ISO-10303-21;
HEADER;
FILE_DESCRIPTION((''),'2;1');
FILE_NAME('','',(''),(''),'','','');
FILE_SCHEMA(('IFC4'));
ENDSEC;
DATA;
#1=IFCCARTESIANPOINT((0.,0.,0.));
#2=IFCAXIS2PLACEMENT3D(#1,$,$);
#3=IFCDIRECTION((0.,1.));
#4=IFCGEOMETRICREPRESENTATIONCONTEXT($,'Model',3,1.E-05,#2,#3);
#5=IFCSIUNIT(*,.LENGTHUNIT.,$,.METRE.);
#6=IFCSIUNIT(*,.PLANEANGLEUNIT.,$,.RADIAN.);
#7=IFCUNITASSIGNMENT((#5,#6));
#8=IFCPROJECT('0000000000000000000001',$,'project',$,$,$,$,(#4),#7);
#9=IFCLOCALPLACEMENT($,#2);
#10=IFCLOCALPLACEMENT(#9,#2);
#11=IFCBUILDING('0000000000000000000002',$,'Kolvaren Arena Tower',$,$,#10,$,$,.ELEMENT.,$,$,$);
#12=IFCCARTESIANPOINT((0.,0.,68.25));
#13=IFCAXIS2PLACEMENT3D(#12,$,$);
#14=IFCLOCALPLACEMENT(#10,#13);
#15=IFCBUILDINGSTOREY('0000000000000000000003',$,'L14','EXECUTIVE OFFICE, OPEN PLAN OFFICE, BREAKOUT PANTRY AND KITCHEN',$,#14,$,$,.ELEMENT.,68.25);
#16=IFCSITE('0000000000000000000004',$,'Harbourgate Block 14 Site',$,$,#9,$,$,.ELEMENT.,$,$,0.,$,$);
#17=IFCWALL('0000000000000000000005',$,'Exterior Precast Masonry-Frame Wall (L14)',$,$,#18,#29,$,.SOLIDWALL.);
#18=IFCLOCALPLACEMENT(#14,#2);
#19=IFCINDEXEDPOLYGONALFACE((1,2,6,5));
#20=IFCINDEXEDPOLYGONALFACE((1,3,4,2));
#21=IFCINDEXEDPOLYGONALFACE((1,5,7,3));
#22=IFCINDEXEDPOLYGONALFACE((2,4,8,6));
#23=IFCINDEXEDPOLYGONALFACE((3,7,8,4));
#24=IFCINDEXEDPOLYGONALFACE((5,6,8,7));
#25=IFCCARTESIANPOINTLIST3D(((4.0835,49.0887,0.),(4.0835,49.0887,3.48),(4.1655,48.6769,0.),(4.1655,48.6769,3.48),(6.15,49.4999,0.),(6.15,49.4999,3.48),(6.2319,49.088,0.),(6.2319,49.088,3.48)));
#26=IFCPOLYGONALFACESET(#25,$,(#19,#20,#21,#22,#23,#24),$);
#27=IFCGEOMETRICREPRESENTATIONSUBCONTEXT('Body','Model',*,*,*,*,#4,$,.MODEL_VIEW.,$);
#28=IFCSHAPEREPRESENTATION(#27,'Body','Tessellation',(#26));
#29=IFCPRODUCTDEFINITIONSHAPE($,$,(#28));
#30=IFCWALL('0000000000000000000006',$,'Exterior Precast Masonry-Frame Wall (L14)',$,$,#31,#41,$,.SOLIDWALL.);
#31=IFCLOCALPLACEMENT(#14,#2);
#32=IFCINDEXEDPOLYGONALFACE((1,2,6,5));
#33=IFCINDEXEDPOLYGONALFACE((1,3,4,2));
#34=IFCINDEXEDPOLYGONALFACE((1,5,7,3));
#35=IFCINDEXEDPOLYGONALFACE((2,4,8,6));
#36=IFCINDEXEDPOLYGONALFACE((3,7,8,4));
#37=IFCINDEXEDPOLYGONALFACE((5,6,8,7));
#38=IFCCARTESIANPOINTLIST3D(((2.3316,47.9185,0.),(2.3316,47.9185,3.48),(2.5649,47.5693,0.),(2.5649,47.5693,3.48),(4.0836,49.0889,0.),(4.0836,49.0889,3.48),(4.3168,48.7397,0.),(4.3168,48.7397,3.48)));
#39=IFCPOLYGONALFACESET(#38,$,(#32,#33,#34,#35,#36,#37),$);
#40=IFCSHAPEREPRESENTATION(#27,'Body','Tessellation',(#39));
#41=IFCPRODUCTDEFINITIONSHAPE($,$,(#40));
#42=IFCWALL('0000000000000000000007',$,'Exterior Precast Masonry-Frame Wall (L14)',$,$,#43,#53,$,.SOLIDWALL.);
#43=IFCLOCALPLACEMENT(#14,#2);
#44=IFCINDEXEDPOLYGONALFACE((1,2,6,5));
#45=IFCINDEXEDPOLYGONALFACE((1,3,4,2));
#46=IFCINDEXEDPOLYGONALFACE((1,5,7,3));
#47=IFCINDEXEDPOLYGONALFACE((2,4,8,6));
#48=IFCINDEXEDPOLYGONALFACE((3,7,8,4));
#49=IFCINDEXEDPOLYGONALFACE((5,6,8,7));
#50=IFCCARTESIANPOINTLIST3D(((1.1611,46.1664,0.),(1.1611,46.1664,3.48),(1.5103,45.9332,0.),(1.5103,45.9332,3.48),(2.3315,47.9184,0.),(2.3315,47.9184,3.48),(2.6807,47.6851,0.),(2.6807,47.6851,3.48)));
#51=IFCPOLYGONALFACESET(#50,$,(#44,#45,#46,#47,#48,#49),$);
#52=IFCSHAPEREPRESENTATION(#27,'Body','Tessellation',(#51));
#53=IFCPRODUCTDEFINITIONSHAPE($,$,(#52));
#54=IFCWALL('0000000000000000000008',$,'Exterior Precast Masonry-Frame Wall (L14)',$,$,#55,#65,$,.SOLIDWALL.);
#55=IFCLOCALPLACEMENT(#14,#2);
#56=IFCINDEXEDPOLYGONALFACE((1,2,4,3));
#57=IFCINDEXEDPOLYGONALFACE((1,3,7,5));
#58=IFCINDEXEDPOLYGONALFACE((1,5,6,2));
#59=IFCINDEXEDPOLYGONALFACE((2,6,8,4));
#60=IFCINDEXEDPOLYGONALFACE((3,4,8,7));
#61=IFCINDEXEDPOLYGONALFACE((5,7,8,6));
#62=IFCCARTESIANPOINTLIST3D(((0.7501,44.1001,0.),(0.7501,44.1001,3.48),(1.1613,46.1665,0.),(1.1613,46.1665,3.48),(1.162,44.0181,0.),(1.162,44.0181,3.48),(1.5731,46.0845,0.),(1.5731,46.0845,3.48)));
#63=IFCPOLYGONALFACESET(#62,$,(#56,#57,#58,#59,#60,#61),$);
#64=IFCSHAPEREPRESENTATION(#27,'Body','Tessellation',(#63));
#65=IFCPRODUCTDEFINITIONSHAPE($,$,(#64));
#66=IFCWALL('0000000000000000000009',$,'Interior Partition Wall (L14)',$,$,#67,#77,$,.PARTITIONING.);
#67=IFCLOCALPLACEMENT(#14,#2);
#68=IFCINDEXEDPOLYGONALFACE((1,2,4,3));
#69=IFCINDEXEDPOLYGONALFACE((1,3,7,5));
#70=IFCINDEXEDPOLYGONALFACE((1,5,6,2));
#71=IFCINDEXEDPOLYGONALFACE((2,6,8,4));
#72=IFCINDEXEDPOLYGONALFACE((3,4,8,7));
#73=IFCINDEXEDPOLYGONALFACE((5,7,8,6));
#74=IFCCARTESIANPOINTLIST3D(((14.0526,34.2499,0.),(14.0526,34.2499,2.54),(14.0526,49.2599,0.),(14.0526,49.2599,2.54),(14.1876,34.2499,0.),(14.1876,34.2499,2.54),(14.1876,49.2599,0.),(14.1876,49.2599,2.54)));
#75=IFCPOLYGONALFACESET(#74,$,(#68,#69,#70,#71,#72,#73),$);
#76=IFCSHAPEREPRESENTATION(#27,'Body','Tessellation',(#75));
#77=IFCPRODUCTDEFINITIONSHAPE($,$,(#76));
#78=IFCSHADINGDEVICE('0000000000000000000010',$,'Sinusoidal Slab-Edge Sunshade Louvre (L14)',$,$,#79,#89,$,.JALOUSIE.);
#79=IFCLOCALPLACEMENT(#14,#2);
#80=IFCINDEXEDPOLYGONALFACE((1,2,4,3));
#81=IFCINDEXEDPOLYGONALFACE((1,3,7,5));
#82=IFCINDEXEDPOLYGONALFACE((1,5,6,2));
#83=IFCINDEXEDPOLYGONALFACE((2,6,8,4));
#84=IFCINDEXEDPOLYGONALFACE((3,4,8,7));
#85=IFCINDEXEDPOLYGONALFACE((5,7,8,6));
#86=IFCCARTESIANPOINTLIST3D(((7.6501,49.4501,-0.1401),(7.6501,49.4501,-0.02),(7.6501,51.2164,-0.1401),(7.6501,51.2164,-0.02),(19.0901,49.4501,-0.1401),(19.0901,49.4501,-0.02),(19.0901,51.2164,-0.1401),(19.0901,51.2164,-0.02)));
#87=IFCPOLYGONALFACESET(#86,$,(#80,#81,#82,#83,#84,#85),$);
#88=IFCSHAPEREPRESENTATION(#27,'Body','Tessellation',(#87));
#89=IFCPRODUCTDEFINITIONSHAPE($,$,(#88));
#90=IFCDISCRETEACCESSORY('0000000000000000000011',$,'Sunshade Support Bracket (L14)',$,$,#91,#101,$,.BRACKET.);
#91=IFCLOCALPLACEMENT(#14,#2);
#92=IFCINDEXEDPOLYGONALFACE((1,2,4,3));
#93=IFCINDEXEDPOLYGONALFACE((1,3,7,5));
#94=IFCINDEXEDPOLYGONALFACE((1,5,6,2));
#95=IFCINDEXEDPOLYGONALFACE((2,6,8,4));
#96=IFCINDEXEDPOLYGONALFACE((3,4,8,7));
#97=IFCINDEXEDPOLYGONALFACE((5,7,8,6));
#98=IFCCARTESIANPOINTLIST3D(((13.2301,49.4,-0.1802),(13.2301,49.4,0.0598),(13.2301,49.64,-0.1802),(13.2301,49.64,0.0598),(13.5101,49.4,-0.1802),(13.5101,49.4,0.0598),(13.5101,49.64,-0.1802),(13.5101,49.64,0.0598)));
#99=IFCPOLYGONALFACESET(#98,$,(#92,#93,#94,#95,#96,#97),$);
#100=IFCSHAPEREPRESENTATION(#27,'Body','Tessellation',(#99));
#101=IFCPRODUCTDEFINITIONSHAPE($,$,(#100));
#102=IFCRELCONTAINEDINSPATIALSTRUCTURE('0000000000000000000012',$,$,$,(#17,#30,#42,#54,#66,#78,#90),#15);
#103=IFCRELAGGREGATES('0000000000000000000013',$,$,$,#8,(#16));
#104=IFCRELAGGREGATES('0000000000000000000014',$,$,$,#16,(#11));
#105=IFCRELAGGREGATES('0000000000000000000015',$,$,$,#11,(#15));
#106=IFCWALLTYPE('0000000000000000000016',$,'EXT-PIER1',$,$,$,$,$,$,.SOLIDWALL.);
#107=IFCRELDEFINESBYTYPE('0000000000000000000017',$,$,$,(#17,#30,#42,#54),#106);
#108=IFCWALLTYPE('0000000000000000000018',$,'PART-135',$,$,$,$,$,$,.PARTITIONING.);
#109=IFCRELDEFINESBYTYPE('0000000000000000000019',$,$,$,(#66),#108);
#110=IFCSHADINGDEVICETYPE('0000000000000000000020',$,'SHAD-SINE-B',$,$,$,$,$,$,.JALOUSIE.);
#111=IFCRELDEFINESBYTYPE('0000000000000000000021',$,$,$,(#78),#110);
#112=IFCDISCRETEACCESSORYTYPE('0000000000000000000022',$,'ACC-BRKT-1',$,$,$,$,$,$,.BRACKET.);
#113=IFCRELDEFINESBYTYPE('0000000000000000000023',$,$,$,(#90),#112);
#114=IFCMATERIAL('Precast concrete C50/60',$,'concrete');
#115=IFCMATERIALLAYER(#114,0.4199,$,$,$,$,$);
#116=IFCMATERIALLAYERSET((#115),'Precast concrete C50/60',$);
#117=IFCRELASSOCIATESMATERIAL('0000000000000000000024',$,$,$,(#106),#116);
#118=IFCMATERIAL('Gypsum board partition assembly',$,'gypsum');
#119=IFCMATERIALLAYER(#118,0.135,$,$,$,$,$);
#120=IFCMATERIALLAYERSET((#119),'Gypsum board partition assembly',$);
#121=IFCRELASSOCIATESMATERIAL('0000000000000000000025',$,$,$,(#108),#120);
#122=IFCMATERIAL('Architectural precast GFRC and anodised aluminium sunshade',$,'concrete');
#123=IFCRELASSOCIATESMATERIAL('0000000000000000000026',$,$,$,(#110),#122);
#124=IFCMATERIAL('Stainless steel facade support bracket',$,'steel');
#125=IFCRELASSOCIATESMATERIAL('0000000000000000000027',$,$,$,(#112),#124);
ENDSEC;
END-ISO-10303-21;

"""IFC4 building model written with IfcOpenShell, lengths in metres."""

from ifc_helpers import new_model, si_unit, direction, frame, frame_2d, origin, origin_2d, place, context, subcontext, project, spatial, rectangle, extrude, material, layer, layer_set, type_object, element, save


model = new_model("IFC4")

# Units and contexts
model_context = context("Model", 3, precision=1e-05, world=origin(), true_north=direction((0.0, 1.0)))
body_context = subcontext(model_context, "Body", "Model", "MODEL_VIEW")
ifc_project = project(units=[si_unit("LENGTHUNIT", "METRE"), si_unit("PLANEANGLEUNIT", "RADIAN")], contexts=[model_context])

# Site, building, storey
site_placement = place(None, origin())
site = spatial("IfcSite", under=ifc_project, at=site_placement, Name="Harbourgate Block 14 Site", CompositionType="ELEMENT", RefElevation=0.0)
building_placement = place(site_placement, origin())
building = spatial("IfcBuilding", under=site, at=building_placement, Name="Kolvaren Arena Tower", CompositionType="ELEMENT")
storey_placement = place(building_placement, frame((0.0, 0.0, 68.25)))
storey = spatial("IfcBuildingStorey", under=building, at=storey_placement, Name="L14", Description="EXECUTIVE OFFICE, OPEN PLAN OFFICE, BREAKOUT PANTRY AND KITCHEN", CompositionType="ELEMENT", Elevation=68.25)

# Shared definitions
ifc_material_1 = material(Name="Precast concrete C50/60", Category="concrete")
ifc_layer_1 = layer(ifc_material_1, 0.4199)
ifc_layer_set_1 = layer_set([ifc_layer_1], Name="Precast concrete C50/60")
wall_type_1 = type_object("IfcWallType", Name="EXT-PIER1", PredefinedType="SOLIDWALL", material=ifc_layer_set_1)

# Walls
for number, where, z_axis, x_axis, name in (
    (1, (4.1245, 48.8828, 0.0), (0.0, 0.0, 1.0), (0.980776, 0.195136, 0.0), "Exterior Precast Masonry-Frame Wall (L14)"),
    (2, (2.4482, 47.7439, 0.0), (0.0, 0.0, 1.0), (0.831515, 0.555502, 0.0), "Exterior Precast Masonry-Frame Wall (L14)"),
    (3, (1.3357, 46.0498, 0.0), (0.0, 0.0, 1.0), (0.555502, 0.831515, 0.0), "Exterior Precast Masonry-Frame Wall (L14)"),
    (4, (0.9561, 44.0591, 0.0), (0.0, 0.0, 1.0), (0.195136, 0.980776, 0.0), "Exterior Precast Masonry-Frame Wall (L14)"),
):
    element("IfcWall", number, at=place(storey_placement, frame(where, z_axis=z_axis, x_axis=x_axis)), inside=storey, type_object=wall_type_1, Name=name, PredefinedType="SOLIDWALL", context=body_context, shape_type="SweptSolid", body=[
        extrude(rectangle(XDim=2.1069, YDim=0.4199, at=frame_2d((1.0535, 0.0))), origin(), (0.0, 0.0, 1.0), 3.48),
    ])
ifc_material_2 = material(Name="Gypsum board partition assembly", Category="gypsum")
ifc_layer_2 = layer(ifc_material_2, 0.135)
ifc_layer_set_2 = layer_set([ifc_layer_2], Name="Gypsum board partition assembly")
wall_type_2 = type_object("IfcWallType", Name="PART-135", PredefinedType="PARTITIONING", material=ifc_layer_set_2)
wall_1_placement = place(storey_placement, frame((14.1201, 34.25, 0.0), z_axis=(0.0, 0.0, 1.0), x_axis=(0.0, 1.0, 0.0)))
element("IfcWall", 5, at=wall_1_placement, inside=storey, type_object=wall_type_2, Name="Interior Partition Wall (L14)", PredefinedType="PARTITIONING", context=body_context, shape_type="SweptSolid", body=[
    extrude(rectangle(XDim=15.01, YDim=0.135, at=frame_2d((7.5049, 0.0))), origin(), (0.0, 0.0, 1.0), 2.54),
])

# Shading device
ifc_material_3 = material(Name="Architectural precast GFRC and anodised aluminium sunshade", Category="concrete")
shading_device_type = type_object("IfcShadingDeviceType", Name="SHAD-SINE-B", PredefinedType="JALOUSIE", material=ifc_material_3)
shading_device_placement = place(storey_placement, frame((13.3701, 50.3333, -0.1401), z_axis=(0.0, 0.0, 1.0), x_axis=(1.0, 0.0, 0.0)))
element("IfcShadingDevice", 6, at=shading_device_placement, inside=storey, type_object=shading_device_type, Name="Sinusoidal Slab-Edge Sunshade Louvre (L14)", PredefinedType="JALOUSIE", context=body_context, shape_type="SweptSolid", body=[
    extrude(rectangle(XDim=11.4399, YDim=1.7664, at=origin_2d()), origin(), (0.0, 0.0, 1.0), 0.1201),
])

# Discrete accessory
ifc_material_4 = material(Name="Stainless steel facade support bracket", Category="steel")
discrete_accessory_type = type_object("IfcDiscreteAccessoryType", Name="ACC-BRKT-1", PredefinedType="BRACKET", material=ifc_material_4)
discrete_accessory_placement = place(storey_placement, frame((13.3701, 49.52, -0.1802), z_axis=(0.0, 0.0, 1.0), x_axis=(1.0, 0.0, 0.0)))
element("IfcDiscreteAccessory", 7, at=discrete_accessory_placement, inside=storey, type_object=discrete_accessory_type, Name="Sunshade Support Bracket (L14)", PredefinedType="BRACKET", context=body_context, shape_type="SweptSolid", body=[
    extrude(rectangle(XDim=0.28, YDim=0.24, at=origin_2d()), origin(), (0.0, 0.0, 1.0), 0.24),
])

save(model, "model.ifc")
